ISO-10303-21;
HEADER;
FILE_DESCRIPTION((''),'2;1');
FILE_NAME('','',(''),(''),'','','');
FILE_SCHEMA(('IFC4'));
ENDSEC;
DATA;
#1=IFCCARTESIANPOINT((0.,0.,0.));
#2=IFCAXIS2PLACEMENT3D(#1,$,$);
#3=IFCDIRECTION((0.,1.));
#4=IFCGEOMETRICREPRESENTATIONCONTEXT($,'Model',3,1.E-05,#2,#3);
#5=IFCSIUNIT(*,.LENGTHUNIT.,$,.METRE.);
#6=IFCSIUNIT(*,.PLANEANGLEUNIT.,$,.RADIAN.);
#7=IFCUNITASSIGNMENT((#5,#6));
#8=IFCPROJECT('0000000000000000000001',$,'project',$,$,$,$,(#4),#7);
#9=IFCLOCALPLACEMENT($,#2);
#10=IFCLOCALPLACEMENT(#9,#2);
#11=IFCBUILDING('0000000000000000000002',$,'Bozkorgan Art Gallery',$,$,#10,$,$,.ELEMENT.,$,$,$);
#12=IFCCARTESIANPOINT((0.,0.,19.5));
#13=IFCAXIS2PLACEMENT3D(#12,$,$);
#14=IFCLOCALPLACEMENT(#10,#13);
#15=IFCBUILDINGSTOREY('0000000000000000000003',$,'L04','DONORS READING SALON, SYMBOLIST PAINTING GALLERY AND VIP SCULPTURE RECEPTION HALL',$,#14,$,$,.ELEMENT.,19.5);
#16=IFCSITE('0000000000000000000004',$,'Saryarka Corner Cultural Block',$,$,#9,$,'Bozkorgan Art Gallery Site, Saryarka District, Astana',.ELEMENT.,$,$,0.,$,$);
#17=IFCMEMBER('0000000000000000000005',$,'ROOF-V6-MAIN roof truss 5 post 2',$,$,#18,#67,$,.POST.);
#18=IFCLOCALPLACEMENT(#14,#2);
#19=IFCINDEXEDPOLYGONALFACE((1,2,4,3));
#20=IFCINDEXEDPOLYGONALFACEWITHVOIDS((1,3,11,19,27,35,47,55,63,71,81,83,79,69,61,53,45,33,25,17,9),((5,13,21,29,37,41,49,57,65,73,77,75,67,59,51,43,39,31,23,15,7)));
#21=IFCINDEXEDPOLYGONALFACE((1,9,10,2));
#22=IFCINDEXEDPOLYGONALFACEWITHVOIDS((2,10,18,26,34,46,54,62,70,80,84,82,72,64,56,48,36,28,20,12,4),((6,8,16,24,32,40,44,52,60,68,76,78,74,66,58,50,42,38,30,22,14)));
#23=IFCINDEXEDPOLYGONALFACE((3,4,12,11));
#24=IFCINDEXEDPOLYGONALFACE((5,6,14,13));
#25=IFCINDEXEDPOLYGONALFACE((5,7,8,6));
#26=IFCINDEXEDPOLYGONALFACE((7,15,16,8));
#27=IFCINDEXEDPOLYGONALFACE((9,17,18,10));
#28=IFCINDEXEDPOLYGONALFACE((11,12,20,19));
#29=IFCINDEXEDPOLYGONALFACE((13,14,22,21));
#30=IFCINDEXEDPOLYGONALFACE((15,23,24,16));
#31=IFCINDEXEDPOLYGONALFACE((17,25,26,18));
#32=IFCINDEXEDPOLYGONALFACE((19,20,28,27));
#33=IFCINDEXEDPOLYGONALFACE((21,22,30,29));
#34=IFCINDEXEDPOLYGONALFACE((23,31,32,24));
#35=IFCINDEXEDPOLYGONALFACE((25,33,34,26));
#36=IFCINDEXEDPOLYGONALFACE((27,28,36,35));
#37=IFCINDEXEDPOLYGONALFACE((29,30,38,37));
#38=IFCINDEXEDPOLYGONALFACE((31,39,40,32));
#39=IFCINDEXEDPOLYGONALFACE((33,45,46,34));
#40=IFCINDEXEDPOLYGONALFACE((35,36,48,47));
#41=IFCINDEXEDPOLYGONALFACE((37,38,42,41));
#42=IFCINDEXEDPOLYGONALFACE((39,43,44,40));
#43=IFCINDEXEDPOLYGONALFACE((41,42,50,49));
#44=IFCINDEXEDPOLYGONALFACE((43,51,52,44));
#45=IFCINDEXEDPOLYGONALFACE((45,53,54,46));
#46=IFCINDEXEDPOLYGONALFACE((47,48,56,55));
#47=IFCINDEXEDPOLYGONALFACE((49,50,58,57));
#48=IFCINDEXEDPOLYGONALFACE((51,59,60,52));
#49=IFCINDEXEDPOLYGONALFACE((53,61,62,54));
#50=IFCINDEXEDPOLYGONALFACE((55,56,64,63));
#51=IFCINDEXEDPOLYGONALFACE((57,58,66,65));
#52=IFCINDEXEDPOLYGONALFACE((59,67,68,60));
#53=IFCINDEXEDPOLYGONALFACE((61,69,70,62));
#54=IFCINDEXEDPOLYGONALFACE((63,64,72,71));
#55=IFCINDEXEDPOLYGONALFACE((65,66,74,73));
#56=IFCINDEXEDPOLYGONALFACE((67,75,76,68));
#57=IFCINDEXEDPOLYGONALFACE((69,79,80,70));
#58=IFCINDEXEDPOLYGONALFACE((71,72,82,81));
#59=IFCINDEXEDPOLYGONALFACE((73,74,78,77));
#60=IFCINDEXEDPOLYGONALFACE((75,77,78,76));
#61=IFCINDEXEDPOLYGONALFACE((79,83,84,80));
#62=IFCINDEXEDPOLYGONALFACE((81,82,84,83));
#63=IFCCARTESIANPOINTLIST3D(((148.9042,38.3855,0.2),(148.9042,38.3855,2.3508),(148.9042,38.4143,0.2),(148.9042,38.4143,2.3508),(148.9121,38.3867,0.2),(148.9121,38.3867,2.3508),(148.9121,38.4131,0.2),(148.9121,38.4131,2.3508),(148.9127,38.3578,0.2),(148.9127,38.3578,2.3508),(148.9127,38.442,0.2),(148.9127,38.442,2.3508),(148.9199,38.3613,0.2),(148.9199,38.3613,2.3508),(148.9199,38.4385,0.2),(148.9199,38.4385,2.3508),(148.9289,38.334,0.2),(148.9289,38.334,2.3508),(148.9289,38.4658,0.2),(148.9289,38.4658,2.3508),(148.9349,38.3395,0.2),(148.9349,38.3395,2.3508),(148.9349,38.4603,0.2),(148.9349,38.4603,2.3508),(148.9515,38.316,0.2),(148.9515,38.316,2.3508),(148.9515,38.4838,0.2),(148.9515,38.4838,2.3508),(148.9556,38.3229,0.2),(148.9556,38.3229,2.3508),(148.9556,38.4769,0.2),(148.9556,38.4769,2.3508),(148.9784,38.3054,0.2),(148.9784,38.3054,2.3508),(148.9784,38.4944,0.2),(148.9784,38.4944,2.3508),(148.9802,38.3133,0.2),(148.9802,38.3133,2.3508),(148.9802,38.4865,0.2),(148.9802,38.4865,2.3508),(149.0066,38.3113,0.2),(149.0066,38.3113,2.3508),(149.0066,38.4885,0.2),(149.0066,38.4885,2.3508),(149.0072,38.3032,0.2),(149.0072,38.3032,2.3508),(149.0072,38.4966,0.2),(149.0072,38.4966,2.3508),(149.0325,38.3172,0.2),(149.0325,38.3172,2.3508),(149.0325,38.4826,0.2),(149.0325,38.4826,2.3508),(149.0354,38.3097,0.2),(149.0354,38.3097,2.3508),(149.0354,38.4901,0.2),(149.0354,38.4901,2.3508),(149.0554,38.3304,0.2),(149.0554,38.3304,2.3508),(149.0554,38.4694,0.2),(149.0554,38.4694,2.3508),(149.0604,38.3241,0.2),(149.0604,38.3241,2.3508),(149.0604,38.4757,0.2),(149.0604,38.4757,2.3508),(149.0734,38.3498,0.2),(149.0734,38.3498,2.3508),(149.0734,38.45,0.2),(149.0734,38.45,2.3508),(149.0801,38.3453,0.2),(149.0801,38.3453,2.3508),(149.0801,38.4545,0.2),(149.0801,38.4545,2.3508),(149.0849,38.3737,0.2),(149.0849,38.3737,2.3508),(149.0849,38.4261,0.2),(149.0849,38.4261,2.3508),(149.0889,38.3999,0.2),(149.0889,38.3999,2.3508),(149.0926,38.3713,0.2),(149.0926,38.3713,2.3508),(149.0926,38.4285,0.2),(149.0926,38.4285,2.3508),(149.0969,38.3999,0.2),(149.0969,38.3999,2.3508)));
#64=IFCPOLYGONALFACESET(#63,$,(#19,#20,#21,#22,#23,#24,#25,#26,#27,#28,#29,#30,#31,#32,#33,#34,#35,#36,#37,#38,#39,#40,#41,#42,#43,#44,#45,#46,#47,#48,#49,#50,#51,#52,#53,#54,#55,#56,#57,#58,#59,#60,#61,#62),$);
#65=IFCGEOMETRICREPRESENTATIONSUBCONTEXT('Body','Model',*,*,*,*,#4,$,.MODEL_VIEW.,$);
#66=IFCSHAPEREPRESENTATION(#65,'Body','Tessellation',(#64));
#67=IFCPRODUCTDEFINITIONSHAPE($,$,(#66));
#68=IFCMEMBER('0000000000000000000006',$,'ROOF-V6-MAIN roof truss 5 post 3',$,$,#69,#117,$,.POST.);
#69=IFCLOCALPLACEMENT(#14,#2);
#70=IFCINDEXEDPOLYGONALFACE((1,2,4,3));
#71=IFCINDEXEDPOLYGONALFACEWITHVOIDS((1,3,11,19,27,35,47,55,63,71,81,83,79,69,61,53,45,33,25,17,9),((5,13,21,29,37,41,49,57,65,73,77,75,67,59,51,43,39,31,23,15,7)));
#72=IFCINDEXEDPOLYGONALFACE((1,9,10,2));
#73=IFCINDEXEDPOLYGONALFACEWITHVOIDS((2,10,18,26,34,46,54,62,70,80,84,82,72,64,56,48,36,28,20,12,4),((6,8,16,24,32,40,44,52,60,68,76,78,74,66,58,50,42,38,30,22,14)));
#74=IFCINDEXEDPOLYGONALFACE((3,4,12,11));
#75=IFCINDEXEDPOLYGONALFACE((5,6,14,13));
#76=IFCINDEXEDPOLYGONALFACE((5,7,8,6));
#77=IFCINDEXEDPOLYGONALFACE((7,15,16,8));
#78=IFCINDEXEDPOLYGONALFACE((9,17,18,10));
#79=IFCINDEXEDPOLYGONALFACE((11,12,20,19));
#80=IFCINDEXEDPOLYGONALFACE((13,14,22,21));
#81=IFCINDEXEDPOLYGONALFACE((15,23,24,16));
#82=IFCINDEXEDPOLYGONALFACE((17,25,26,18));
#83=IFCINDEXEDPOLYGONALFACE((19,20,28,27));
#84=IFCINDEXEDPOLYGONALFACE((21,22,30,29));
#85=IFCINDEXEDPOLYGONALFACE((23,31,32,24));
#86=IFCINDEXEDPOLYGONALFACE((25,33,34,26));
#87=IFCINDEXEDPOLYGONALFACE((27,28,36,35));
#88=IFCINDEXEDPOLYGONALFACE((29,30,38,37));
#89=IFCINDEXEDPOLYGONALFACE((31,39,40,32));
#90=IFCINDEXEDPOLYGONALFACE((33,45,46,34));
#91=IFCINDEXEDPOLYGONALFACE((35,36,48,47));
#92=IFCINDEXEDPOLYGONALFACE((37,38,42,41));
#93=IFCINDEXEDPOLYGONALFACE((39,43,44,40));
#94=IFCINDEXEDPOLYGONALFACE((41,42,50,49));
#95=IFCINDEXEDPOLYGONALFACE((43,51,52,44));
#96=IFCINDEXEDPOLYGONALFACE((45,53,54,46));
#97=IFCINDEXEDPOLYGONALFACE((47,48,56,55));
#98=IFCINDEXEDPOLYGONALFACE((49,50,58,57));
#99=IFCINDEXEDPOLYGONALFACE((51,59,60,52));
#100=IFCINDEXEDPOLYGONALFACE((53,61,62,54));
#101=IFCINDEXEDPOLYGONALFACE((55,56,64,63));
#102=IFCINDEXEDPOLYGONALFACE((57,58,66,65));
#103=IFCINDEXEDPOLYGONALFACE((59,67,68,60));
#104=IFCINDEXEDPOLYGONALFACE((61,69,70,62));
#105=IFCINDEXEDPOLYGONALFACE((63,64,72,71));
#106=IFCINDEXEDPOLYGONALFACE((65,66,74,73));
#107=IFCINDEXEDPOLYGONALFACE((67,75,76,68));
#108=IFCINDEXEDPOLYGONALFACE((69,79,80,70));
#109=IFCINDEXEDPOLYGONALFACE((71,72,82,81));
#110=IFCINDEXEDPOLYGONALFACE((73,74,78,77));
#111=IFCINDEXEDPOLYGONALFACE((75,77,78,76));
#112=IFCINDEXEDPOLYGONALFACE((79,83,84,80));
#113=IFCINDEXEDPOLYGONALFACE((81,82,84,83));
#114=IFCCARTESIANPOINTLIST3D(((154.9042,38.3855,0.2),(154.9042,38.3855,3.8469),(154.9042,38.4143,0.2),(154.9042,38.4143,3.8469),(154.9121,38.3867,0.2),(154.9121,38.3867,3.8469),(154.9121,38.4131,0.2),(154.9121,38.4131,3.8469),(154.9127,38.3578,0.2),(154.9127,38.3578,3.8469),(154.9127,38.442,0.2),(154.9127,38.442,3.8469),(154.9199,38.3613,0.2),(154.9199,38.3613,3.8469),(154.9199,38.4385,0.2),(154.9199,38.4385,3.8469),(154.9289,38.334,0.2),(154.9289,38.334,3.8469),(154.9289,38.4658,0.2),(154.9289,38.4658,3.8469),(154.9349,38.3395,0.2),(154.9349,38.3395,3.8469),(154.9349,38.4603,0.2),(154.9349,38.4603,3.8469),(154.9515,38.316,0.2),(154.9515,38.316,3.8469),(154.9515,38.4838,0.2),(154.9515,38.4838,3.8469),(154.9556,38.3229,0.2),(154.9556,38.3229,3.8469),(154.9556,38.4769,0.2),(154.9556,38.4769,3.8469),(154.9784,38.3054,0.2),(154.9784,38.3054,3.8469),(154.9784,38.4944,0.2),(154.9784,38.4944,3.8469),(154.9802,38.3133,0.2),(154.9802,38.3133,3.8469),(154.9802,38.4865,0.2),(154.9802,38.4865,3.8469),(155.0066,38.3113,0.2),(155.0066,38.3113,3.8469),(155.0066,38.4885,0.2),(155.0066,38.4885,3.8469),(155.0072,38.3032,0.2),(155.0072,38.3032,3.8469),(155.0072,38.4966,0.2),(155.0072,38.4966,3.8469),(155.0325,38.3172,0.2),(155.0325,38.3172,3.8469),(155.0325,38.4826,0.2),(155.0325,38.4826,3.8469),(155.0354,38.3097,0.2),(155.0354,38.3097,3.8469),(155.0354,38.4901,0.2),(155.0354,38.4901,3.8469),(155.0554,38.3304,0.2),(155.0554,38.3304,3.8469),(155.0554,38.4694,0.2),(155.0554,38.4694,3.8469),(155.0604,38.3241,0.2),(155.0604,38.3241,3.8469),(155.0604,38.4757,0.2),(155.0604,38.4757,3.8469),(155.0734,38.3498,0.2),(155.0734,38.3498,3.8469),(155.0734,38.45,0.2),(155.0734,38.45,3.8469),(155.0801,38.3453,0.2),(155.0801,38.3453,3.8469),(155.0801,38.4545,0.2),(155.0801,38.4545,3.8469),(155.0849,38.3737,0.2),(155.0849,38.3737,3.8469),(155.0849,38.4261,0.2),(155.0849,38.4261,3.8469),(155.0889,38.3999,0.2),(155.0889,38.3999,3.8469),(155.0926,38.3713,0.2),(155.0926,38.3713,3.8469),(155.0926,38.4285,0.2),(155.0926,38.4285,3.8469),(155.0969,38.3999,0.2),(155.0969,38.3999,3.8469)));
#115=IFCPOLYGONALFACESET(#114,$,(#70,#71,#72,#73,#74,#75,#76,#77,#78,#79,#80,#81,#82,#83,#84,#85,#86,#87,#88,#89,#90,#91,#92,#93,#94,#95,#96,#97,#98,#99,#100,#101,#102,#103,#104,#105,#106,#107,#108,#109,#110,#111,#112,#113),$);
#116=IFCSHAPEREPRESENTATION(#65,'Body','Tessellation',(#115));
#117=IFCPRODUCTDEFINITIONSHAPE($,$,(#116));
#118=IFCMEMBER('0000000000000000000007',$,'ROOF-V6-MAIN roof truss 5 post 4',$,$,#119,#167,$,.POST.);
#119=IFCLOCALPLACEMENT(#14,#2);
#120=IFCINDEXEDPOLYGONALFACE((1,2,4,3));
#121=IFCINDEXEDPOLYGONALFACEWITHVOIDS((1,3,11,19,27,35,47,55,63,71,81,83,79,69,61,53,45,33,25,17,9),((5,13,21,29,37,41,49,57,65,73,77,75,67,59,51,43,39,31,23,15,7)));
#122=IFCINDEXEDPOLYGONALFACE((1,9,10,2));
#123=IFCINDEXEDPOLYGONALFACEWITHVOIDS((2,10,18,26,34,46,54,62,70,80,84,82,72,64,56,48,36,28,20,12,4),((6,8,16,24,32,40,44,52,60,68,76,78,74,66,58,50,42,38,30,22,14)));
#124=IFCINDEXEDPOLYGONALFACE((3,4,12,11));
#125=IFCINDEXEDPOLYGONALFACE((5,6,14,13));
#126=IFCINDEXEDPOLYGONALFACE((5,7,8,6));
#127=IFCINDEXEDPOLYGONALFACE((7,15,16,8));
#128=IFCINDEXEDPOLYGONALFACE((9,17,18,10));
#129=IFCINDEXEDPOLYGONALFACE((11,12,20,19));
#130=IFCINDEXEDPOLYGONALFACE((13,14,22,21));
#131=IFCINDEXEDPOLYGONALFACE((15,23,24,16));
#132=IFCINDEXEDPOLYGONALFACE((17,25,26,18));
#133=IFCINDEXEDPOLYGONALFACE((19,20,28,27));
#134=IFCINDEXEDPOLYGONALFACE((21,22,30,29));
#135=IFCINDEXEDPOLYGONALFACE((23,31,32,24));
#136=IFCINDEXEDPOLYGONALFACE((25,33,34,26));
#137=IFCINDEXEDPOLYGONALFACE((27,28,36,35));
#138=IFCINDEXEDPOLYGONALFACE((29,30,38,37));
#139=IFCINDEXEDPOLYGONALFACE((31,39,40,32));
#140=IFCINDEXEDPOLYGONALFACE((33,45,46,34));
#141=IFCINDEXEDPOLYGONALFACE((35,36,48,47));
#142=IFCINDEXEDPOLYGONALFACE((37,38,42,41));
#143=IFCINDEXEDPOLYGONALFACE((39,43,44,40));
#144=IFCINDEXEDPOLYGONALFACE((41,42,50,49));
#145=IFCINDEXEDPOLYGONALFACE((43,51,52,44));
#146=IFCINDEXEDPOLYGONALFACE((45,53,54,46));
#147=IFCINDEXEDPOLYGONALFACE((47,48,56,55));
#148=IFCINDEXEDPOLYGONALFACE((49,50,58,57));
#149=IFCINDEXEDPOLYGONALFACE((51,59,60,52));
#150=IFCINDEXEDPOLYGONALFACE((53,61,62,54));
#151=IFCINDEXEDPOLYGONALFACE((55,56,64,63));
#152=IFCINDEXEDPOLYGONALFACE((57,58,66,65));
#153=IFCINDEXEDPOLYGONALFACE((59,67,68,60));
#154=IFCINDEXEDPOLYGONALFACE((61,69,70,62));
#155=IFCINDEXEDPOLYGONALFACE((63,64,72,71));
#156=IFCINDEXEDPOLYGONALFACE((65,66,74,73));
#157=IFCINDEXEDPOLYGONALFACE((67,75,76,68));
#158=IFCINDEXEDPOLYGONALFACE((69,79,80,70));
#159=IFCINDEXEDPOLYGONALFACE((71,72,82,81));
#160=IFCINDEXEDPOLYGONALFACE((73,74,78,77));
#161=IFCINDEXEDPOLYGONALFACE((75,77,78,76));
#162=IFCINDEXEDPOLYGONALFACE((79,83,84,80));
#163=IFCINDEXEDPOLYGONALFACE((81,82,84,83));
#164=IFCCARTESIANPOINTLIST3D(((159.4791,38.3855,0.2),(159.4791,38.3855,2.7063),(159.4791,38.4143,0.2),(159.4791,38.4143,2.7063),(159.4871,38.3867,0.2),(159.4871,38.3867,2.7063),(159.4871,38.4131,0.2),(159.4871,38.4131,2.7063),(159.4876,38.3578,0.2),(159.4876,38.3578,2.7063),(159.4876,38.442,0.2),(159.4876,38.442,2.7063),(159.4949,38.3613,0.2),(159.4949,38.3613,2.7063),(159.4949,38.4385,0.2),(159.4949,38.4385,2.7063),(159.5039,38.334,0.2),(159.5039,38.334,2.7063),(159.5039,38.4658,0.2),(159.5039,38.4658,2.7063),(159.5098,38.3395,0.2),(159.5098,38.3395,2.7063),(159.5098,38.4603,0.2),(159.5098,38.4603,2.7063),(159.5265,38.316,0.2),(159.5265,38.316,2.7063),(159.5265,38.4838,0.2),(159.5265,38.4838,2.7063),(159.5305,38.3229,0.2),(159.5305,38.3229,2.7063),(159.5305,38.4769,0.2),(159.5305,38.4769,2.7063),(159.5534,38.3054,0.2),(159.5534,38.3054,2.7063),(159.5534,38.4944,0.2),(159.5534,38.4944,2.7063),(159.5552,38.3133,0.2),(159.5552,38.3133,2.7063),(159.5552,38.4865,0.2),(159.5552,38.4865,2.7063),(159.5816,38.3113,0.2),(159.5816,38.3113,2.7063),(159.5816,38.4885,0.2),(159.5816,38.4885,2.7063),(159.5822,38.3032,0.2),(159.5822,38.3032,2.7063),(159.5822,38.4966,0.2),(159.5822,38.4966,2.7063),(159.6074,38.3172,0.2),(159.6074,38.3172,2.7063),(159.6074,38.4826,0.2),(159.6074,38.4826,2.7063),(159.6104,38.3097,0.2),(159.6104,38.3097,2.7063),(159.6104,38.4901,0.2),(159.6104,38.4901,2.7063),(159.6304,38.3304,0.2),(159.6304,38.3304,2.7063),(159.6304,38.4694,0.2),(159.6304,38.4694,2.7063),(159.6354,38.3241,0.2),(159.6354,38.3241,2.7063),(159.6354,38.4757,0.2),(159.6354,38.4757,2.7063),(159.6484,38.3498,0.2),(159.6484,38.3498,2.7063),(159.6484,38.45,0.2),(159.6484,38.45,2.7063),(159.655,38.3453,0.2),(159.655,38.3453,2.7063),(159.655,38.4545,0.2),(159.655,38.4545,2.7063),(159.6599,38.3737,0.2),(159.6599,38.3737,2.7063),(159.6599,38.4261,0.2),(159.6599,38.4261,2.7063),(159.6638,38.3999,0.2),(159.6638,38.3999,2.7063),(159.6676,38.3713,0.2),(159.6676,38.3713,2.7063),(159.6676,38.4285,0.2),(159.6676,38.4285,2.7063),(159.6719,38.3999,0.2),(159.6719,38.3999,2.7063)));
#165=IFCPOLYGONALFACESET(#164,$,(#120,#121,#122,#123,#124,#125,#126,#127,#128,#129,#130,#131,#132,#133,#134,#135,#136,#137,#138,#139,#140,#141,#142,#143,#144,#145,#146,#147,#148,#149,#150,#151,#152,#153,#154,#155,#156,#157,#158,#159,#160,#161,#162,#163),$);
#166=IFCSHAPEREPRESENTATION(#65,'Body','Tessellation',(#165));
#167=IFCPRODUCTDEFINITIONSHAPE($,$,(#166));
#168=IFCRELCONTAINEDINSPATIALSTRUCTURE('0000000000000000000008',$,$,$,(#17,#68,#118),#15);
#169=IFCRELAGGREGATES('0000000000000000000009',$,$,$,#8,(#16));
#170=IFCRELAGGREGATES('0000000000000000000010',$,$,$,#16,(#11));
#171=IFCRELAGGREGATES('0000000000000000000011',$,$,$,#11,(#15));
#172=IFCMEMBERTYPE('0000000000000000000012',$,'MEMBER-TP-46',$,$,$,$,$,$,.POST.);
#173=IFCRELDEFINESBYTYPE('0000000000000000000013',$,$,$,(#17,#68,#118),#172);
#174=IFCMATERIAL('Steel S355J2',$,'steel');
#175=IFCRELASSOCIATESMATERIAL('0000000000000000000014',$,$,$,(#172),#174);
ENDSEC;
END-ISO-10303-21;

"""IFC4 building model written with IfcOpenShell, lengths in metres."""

from ifc_helpers import new_model, si_unit, direction, frame, origin, origin_2d, place, context, subcontext, project, spatial, hollow_circle, extrude, material, material_profile, profile_set, type_object, element, save


model = new_model("IFC4")

# Units and contexts
model_context = context("Model", 3, precision=1e-05, world=origin(), true_north=direction((0.0, 1.0)))
body_context = subcontext(model_context, "Body", "Model", "MODEL_VIEW")
ifc_project = project(units=[si_unit("LENGTHUNIT", "METRE"), si_unit("PLANEANGLEUNIT", "RADIAN")], contexts=[model_context])

# Site, building, storey
site_placement = place(None, origin())
site = spatial("IfcSite", under=ifc_project, at=site_placement, Name="Saryarka Corner Cultural Block", LongName="Bozkorgan Art Gallery Site, Saryarka District, Astana", CompositionType="ELEMENT", RefElevation=0.0)
building_placement = place(site_placement, origin())
building = spatial("IfcBuilding", under=site, at=building_placement, Name="Bozkorgan Art Gallery", CompositionType="ELEMENT")
storey_placement = place(building_placement, frame((0.0, 0.0, 19.5)))
storey = spatial("IfcBuildingStorey", under=building, at=storey_placement, Name="L04", Description="DONORS READING SALON, SYMBOLIST PAINTING GALLERY AND VIP SCULPTURE RECEPTION HALL", CompositionType="ELEMENT", Elevation=19.5)

# Members
ifc_material_1 = material(Name="Steel S355J2", Category="steel")
ifc_material_profile_1 = material_profile(ifc_material_1, hollow_circle(Radius=0.0969, WallThickness=0.0081, at=origin_2d()), Name="CHS 193.7x8")
ifc_profile_set_1 = profile_set([ifc_material_profile_1], Name="Steel S355J2")
member_type_1 = type_object("IfcMemberType", Name="MEMBER-TP-46", PredefinedType="POST", material=ifc_profile_set_1)
member_1_placement = place(storey_placement, frame((149.0, 38.3999, 0.2), z_axis=(0.0, 0.0, 1.0), x_axis=(1.0, 0.0, 0.0)))
element("IfcMember", 1, at=member_1_placement, inside=storey, type_object=member_type_1, Name="ROOF-V6-MAIN roof truss 5 post 2", PredefinedType="POST", context=body_context, shape_type="SweptSolid", body=[
    extrude(hollow_circle(Radius=0.0969, WallThickness=0.0081, at=origin_2d()), origin(), (0.0, 0.0, 1.0), 2.1509),
])
member_2_placement = place(storey_placement, frame((155.0, 38.3999, 0.2), z_axis=(0.0, 0.0, 1.0), x_axis=(1.0, 0.0, 0.0)))
element("IfcMember", 2, at=member_2_placement, inside=storey, type_object=member_type_1, Name="ROOF-V6-MAIN roof truss 5 post 3", PredefinedType="POST", context=body_context, shape_type="SweptSolid", body=[
    extrude(hollow_circle(Radius=0.0969, WallThickness=0.0081, at=origin_2d()), origin(), (0.0, 0.0, 1.0), 3.647),
])
member_3_placement = place(storey_placement, frame((159.575, 38.3999, 0.2), z_axis=(0.0, 0.0, 1.0), x_axis=(1.0, 0.0, 0.0)))
element("IfcMember", 3, at=member_3_placement, inside=storey, type_object=member_type_1, Name="ROOF-V6-MAIN roof truss 5 post 4", PredefinedType="POST", context=body_context, shape_type="SweptSolid", body=[
    extrude(hollow_circle(Radius=0.0969, WallThickness=0.0081, at=origin_2d()), origin(), (0.0, 0.0, 1.0), 2.5063),
])

save(model, "model.ifc")
